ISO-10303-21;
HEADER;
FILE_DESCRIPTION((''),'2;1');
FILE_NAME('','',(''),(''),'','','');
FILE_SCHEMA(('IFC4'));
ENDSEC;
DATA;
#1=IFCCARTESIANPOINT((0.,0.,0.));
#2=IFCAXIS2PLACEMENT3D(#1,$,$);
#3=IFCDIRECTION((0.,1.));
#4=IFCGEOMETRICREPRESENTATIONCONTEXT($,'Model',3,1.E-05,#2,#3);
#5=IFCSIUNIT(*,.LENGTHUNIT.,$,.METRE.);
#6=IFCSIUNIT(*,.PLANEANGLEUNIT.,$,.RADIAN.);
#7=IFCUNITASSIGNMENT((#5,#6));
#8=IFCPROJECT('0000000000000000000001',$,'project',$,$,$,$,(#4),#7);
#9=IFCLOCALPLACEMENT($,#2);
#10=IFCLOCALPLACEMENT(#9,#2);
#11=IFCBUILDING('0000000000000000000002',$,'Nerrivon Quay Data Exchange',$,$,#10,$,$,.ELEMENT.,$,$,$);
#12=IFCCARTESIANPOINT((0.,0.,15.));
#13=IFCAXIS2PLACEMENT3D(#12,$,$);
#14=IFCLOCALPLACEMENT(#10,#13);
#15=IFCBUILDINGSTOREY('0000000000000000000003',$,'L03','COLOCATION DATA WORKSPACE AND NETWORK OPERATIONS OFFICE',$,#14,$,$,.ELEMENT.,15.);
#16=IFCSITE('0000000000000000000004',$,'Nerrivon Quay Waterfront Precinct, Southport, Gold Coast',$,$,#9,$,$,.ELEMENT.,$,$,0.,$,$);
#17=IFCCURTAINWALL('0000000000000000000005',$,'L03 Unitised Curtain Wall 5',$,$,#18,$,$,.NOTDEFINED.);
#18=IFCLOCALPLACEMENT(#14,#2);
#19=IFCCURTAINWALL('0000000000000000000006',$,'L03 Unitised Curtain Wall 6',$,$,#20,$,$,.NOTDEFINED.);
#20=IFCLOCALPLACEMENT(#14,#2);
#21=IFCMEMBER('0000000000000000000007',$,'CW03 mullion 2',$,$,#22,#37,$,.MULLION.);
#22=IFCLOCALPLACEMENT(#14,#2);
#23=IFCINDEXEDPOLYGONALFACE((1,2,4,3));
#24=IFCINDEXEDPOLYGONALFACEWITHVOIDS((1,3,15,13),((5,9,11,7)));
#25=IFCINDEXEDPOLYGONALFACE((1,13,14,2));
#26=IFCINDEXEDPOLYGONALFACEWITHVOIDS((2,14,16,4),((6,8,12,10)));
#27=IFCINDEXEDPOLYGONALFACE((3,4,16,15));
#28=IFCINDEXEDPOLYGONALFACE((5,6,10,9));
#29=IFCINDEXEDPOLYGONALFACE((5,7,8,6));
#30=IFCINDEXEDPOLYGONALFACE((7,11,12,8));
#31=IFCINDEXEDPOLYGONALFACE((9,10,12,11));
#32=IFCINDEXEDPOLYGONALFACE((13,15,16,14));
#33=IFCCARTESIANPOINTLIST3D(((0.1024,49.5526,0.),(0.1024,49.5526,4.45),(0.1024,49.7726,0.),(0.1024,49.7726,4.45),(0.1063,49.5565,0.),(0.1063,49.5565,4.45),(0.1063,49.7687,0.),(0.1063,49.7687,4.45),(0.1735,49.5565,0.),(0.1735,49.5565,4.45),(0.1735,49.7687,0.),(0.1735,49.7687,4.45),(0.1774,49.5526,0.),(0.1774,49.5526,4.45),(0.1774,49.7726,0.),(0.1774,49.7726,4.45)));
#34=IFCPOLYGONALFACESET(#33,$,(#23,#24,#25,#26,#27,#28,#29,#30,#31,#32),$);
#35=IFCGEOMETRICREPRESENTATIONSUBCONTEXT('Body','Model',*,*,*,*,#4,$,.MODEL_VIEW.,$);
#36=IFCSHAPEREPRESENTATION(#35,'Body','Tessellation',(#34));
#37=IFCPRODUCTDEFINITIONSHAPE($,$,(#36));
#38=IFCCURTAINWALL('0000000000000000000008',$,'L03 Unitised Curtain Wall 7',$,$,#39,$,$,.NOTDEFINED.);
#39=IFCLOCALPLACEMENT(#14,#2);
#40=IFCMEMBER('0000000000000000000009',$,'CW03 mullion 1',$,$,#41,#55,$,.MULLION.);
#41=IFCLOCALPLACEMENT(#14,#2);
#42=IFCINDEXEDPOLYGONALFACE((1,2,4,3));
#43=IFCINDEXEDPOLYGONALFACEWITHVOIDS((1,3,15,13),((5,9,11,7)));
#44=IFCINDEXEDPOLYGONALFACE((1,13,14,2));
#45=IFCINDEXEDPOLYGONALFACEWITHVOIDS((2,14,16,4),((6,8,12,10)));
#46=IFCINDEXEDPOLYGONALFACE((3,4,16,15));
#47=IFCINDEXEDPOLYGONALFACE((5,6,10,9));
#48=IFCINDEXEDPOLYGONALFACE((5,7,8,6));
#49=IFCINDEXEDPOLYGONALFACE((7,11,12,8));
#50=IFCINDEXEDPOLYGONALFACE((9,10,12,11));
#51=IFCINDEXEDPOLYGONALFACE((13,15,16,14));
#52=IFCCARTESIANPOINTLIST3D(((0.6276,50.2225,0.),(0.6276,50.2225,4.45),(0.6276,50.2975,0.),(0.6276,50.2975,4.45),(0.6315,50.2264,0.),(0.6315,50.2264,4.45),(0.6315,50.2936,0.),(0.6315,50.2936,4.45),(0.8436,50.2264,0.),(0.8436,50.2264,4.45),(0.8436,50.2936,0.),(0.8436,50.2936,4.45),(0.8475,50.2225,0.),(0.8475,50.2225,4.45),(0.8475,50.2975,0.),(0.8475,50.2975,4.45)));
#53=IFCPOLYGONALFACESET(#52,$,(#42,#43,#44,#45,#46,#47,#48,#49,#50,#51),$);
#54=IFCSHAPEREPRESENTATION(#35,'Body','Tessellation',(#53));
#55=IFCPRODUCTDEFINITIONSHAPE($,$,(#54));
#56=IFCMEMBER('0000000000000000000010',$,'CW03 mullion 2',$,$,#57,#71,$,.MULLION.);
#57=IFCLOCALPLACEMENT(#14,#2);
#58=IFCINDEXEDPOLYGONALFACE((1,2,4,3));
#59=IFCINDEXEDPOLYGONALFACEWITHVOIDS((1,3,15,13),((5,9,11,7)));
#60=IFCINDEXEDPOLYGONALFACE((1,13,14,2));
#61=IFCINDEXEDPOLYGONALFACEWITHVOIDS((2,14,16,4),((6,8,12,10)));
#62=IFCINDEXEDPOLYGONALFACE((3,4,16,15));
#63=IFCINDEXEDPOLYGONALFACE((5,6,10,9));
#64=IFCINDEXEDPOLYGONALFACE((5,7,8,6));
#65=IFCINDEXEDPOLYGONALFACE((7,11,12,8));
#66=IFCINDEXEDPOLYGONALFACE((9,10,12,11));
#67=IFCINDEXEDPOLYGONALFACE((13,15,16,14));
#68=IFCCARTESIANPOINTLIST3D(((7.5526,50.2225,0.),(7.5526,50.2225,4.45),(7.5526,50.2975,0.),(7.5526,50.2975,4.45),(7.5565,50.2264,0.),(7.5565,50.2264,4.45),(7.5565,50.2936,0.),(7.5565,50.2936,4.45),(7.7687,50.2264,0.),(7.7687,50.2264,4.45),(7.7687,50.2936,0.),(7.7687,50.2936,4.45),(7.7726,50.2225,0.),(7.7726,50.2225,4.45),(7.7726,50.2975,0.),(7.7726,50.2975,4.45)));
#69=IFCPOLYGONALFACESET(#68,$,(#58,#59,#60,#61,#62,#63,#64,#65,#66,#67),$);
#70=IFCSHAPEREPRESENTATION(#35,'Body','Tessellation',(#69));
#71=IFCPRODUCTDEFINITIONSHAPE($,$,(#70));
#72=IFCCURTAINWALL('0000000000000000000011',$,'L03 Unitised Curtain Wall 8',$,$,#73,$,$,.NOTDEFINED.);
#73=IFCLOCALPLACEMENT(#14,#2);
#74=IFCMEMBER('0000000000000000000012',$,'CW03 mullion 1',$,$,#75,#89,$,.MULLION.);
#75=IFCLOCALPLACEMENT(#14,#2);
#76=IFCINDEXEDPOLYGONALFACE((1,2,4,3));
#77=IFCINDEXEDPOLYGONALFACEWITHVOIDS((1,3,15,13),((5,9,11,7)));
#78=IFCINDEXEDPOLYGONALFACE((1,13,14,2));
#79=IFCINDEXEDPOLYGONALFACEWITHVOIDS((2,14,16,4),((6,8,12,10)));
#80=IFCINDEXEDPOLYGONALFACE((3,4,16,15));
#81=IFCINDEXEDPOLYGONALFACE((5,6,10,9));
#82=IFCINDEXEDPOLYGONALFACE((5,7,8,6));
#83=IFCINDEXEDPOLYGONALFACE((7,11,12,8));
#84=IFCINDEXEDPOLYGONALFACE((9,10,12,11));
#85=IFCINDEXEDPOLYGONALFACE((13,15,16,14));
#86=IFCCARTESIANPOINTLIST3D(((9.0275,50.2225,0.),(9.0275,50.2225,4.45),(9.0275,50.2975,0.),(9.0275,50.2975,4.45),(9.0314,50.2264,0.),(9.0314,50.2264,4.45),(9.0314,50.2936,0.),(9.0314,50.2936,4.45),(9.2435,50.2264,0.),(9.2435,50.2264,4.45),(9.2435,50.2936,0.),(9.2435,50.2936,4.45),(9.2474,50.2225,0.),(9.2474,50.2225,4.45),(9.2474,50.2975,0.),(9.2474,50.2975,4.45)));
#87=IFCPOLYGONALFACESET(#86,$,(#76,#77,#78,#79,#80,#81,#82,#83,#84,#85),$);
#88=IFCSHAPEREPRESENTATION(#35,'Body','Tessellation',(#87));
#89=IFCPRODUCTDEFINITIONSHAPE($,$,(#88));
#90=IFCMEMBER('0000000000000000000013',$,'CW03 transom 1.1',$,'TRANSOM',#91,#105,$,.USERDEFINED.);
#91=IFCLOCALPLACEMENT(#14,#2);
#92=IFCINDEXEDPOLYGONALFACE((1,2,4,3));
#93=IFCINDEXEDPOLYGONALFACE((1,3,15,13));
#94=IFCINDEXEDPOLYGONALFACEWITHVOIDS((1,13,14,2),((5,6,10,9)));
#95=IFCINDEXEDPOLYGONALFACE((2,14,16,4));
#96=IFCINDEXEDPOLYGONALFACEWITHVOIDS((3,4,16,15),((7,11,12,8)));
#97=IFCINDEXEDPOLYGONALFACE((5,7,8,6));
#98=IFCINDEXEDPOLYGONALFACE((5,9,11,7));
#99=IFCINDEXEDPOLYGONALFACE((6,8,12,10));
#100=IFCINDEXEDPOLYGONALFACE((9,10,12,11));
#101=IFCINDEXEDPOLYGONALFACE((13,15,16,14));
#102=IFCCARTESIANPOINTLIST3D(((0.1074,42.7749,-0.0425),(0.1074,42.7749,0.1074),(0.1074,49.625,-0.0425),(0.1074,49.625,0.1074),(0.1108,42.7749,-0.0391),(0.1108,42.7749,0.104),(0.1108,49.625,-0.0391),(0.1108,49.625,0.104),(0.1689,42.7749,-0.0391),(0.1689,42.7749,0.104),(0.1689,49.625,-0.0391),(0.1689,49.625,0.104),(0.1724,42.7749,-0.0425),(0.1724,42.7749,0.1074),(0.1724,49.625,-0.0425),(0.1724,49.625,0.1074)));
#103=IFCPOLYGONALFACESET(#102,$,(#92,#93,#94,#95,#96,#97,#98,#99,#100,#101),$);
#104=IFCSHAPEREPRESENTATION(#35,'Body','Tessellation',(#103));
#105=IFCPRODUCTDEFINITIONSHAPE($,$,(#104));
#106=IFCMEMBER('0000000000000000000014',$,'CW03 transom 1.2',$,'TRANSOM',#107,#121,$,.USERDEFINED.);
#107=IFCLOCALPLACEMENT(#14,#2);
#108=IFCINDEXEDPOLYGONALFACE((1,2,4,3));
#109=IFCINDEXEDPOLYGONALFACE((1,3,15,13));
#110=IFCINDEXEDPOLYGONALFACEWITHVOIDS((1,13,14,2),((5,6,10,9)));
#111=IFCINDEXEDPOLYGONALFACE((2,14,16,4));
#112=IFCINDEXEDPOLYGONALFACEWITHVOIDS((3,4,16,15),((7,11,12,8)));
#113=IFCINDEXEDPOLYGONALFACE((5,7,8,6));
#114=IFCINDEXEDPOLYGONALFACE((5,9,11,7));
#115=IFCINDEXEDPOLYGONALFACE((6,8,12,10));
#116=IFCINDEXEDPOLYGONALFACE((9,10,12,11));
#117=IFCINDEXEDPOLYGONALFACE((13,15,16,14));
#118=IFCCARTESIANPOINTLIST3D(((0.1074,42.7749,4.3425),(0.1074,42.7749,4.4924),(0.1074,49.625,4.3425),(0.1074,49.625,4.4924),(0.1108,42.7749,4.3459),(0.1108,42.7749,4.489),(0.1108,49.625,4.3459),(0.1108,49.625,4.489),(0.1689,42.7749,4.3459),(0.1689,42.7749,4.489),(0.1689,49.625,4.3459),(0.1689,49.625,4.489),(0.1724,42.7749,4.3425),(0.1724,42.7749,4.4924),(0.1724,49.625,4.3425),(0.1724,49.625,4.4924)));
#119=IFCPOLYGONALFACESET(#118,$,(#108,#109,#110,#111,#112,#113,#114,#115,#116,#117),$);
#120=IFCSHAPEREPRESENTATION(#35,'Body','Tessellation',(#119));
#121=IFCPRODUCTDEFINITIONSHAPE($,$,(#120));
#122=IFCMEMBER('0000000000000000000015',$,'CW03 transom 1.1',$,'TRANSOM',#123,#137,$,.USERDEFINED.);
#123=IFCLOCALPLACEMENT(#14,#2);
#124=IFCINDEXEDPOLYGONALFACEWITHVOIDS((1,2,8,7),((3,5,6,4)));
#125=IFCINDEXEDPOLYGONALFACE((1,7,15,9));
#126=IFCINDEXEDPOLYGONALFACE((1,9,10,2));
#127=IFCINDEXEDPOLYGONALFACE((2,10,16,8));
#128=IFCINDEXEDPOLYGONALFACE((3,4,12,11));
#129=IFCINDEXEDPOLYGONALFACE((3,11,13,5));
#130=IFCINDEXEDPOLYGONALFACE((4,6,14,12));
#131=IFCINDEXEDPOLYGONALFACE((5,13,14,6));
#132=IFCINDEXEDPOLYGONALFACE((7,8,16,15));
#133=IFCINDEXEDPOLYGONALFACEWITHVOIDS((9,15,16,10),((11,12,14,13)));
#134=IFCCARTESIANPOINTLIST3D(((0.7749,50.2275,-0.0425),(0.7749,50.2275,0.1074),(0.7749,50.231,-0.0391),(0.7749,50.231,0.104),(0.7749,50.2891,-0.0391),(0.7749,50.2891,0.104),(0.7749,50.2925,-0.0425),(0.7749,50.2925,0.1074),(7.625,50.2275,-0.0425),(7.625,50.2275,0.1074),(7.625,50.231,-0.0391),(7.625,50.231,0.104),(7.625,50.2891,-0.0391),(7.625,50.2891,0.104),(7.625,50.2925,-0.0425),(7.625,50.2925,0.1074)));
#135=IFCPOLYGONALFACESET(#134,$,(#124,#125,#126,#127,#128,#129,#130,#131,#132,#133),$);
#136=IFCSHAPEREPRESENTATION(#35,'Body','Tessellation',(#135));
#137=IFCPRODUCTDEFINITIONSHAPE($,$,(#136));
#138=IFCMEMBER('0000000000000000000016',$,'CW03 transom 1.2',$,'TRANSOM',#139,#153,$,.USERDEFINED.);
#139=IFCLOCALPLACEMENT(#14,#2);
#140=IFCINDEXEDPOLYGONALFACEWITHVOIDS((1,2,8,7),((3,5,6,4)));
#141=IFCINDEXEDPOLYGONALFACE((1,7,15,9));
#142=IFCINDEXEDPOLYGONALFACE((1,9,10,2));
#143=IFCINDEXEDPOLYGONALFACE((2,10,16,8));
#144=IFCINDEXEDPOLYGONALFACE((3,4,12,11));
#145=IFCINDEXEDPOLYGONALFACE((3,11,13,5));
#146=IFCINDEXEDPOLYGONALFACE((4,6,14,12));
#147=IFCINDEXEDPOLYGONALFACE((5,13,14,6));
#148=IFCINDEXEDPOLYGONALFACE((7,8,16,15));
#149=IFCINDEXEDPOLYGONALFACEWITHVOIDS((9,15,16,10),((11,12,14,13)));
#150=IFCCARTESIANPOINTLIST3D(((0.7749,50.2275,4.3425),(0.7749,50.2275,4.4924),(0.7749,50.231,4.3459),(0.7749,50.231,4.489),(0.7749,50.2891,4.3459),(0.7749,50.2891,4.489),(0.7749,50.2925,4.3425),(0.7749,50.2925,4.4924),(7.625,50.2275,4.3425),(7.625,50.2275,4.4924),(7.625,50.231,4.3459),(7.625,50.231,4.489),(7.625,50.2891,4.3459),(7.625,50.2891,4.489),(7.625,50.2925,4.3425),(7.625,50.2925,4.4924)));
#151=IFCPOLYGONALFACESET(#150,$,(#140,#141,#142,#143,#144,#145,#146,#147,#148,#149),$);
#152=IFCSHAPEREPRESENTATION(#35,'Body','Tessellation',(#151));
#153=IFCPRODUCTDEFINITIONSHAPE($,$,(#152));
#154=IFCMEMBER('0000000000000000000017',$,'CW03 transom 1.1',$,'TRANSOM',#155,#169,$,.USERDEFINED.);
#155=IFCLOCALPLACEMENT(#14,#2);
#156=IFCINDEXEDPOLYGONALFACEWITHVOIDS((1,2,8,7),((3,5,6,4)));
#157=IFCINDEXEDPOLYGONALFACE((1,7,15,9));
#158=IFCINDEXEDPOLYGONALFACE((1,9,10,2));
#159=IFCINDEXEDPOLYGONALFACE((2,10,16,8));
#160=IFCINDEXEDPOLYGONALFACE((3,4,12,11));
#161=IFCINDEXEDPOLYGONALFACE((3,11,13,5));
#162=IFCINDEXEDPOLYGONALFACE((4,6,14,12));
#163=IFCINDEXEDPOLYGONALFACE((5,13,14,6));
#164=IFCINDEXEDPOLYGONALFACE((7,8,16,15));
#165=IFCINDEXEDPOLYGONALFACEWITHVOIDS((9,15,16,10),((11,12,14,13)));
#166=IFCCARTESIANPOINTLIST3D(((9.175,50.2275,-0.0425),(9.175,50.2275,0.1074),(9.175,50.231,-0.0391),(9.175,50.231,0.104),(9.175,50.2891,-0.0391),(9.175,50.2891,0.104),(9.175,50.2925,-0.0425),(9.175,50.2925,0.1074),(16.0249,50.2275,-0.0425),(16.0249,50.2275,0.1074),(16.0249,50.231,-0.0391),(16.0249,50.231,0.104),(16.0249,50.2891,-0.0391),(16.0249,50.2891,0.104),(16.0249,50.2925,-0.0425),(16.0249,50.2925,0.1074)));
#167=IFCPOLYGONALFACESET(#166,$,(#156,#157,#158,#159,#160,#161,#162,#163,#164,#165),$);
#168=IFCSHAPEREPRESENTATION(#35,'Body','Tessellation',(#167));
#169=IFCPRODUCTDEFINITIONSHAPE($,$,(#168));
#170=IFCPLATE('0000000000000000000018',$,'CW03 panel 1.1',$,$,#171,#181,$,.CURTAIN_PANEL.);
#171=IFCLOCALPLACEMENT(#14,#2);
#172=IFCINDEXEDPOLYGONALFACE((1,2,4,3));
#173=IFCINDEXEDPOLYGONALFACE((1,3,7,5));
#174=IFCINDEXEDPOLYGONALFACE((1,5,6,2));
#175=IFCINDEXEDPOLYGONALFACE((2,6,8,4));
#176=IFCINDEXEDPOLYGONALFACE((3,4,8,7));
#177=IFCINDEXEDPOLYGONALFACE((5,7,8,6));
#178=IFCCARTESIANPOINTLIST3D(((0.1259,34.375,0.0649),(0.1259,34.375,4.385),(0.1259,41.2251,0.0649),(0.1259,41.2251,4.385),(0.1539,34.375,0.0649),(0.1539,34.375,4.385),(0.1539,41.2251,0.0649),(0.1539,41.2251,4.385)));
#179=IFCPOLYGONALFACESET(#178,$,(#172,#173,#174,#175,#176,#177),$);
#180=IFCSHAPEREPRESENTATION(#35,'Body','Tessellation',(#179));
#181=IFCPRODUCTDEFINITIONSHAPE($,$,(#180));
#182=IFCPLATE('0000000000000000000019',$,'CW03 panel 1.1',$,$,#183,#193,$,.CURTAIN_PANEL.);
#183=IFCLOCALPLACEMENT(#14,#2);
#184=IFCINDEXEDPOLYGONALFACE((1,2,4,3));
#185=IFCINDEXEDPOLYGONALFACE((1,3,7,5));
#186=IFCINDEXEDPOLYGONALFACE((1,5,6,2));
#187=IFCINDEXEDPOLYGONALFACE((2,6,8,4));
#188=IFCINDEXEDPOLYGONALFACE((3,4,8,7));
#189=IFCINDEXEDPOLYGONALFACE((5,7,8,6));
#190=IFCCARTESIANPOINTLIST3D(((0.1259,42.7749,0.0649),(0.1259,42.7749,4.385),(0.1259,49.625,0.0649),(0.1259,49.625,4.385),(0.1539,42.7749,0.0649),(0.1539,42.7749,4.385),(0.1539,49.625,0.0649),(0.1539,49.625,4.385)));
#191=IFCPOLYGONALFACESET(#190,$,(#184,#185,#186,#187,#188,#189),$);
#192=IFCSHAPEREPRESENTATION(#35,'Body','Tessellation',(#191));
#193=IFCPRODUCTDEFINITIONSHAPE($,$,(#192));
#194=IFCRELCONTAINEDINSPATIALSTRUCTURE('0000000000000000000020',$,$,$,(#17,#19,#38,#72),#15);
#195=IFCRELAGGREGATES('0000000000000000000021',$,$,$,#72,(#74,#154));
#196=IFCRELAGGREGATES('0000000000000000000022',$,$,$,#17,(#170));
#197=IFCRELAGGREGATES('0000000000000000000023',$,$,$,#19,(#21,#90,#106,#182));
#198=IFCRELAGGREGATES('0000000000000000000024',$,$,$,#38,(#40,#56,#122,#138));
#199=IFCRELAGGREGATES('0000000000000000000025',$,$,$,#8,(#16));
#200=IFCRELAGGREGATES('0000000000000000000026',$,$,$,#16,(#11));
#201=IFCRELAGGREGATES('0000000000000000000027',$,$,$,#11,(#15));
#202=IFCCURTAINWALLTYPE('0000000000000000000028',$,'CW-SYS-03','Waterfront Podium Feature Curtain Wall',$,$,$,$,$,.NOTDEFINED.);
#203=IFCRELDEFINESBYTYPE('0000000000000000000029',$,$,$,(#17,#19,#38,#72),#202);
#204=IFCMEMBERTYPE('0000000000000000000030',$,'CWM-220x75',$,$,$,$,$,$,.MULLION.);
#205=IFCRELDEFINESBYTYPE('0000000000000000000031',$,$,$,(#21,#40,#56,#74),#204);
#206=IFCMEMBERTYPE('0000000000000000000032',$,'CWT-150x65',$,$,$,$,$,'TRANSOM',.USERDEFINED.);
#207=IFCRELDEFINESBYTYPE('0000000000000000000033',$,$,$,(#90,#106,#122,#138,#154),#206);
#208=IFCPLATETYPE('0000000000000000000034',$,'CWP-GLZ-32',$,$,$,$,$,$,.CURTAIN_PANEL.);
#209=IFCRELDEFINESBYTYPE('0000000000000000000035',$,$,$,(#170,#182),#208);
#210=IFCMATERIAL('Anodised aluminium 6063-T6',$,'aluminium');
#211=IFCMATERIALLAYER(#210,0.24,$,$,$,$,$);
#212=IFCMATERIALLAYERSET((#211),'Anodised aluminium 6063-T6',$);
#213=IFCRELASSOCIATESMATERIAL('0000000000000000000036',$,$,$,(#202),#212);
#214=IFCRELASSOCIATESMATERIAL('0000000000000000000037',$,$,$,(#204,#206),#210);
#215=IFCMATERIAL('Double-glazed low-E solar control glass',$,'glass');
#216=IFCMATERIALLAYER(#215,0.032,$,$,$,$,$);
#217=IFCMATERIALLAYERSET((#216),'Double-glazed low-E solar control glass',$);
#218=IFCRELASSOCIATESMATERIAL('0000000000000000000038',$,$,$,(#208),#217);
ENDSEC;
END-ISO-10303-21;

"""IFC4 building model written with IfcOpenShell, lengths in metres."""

from ifc_helpers import new_model, si_unit, direction, frame, origin, origin_2d, place, context, subcontext, project, spatial, rectangle, hollow_rectangle, extrude, material, layer, layer_set, material_profile, profile_set, type_object, element, aggregate, save


model = new_model("IFC4")

# Units and contexts
model_context = context("Model", 3, precision=1e-05, world=origin(), true_north=direction((0.0, 1.0)))
body_context = subcontext(model_context, "Body", "Model", "MODEL_VIEW")
ifc_project = project(units=[si_unit("LENGTHUNIT", "METRE"), si_unit("PLANEANGLEUNIT", "RADIAN")], contexts=[model_context])

# Site, building, storey
site_placement = place(None, origin())
site = spatial("IfcSite", under=ifc_project, at=site_placement, Name="Nerrivon Quay Waterfront Precinct, Southport, Gold Coast", CompositionType="ELEMENT", RefElevation=0.0)
building_placement = place(site_placement, origin())
building = spatial("IfcBuilding", under=site, at=building_placement, Name="Nerrivon Quay Data Exchange", CompositionType="ELEMENT")
storey_placement = place(building_placement, frame((0.0, 0.0, 15.0)))
storey = spatial("IfcBuildingStorey", under=building, at=storey_placement, Name="L03", Description="COLOCATION DATA WORKSPACE AND NETWORK OPERATIONS OFFICE", CompositionType="ELEMENT", Elevation=15.0)

# Curtain wall
ifc_material_1 = material(Name="Anodised aluminium 6063-T6", Category="aluminium")
ifc_layer_1 = layer(ifc_material_1, 0.24)
ifc_layer_set_1 = layer_set([ifc_layer_1], Name="Anodised aluminium 6063-T6")
curtain_wall_type = type_object("IfcCurtainWallType", Name="CW-SYS-03", Description="Waterfront Podium Feature Curtain Wall", PredefinedType="NOTDEFINED", material=ifc_layer_set_1)
curtain_wall_1_placement = place(storey_placement, origin())
curtain_wall_1 = element("IfcCurtainWall", 1, at=curtain_wall_1_placement, inside=storey, type_object=curtain_wall_type, Name="L03 Unitised Curtain Wall 5", PredefinedType="NOTDEFINED")
ifc_material_profile_1 = material_profile(ifc_material_1, hollow_rectangle(XDim=0.075, YDim=0.22, WallThickness=0.0039, at=origin_2d()), Name="ALU-MULL-220x75")
ifc_profile_set_1 = profile_set([ifc_material_profile_1], Name="Anodised aluminium 6063-T6")
member_type_1 = type_object("IfcMemberType", Name="CWM-220x75", PredefinedType="MULLION", material=ifc_profile_set_1)

# Curtain walls, members
curtain_wall_2_placement = place(storey_placement, origin())
curtain_wall_2 = element("IfcCurtainWall", 2, at=curtain_wall_2_placement, inside=storey, type_object=curtain_wall_type, Name="L03 Unitised Curtain Wall 6", PredefinedType="NOTDEFINED")
member_1_placement = place(storey_placement, frame((0.1399, 49.6626, 0.0), z_axis=(0.0, 0.0, 1.0), x_axis=(-1.0, 0.0, 0.0)))
member_1 = element("IfcMember", 3, at=member_1_placement, type_object=member_type_1, Name="CW03 mullion 2", PredefinedType="MULLION", context=body_context, shape_type="SweptSolid", body=[
    extrude(hollow_rectangle(XDim=0.075, YDim=0.22, WallThickness=0.0039, at=origin_2d()), origin(), (0.0, 0.0, 1.0), 4.45),
])
curtain_wall_3_placement = place(storey_placement, origin())
curtain_wall_3 = element("IfcCurtainWall", 4, at=curtain_wall_3_placement, inside=storey, type_object=curtain_wall_type, Name="L03 Unitised Curtain Wall 7", PredefinedType="NOTDEFINED")
member_2_placement = place(storey_placement, frame((0.7375, 50.26, 0.0), z_axis=(0.0, 0.0, 1.0), x_axis=(0.0, 1.0, 0.0)))
member_2 = element("IfcMember", 5, at=member_2_placement, type_object=member_type_1, Name="CW03 mullion 1", PredefinedType="MULLION", context=body_context, shape_type="SweptSolid", body=[
    extrude(hollow_rectangle(XDim=0.075, YDim=0.22, WallThickness=0.0039, at=origin_2d()), origin(), (0.0, 0.0, 1.0), 4.45),
])
member_3_placement = place(storey_placement, frame((7.6626, 50.26, 0.0), z_axis=(0.0, 0.0, 1.0), x_axis=(0.0, 1.0, 0.0)))
member_3 = element("IfcMember", 6, at=member_3_placement, type_object=member_type_1, Name="CW03 mullion 2", PredefinedType="MULLION", context=body_context, shape_type="SweptSolid", body=[
    extrude(hollow_rectangle(XDim=0.075, YDim=0.22, WallThickness=0.0039, at=origin_2d()), origin(), (0.0, 0.0, 1.0), 4.45),
])

# Curtain wall, member
curtain_wall_4_placement = place(storey_placement, origin())
curtain_wall_4 = element("IfcCurtainWall", 7, at=curtain_wall_4_placement, inside=storey, type_object=curtain_wall_type, Name="L03 Unitised Curtain Wall 8", PredefinedType="NOTDEFINED")
member_4_placement = place(storey_placement, frame((9.1375, 50.26, 0.0), z_axis=(0.0, 0.0, 1.0), x_axis=(0.0, 1.0, 0.0)))
member_4 = element("IfcMember", 8, at=member_4_placement, type_object=member_type_1, Name="CW03 mullion 1", PredefinedType="MULLION", context=body_context, shape_type="SweptSolid", body=[
    extrude(hollow_rectangle(XDim=0.075, YDim=0.22, WallThickness=0.0039, at=origin_2d()), origin(), (0.0, 0.0, 1.0), 4.45),
])

# Members
ifc_material_profile_2 = material_profile(ifc_material_1, hollow_rectangle(XDim=0.0649, YDim=0.1499, WallThickness=0.0034, at=origin_2d()), Name="ALU-TRAN-150x65")
ifc_profile_set_2 = profile_set([ifc_material_profile_2], Name="Anodised aluminium 6063-T6")
member_type_2 = type_object("IfcMemberType", Name="CWT-150x65", ElementType="TRANSOM", PredefinedType="USERDEFINED", material=ifc_profile_set_2)
member_5_placement = place(storey_placement, frame((0.1399, 42.7749, 0.0325), z_axis=(0.0, 1.0, 0.0), x_axis=(-1.0, 0.0, 0.0)))
member_5 = element("IfcMember", 9, at=member_5_placement, type_object=member_type_2, Name="CW03 transom 1.1", ObjectType="TRANSOM", PredefinedType="USERDEFINED", context=body_context, shape_type="SweptSolid", body=[
    extrude(hollow_rectangle(XDim=0.0649, YDim=0.1499, WallThickness=0.0034, at=origin_2d()), origin(), (0.0, 0.0, 1.0), 6.8501),
])
member_6_placement = place(storey_placement, frame((0.1399, 42.7749, 4.4175), z_axis=(0.0, 1.0, 0.0), x_axis=(-1.0, 0.0, 0.0)))
member_6 = element("IfcMember", 10, at=member_6_placement, type_object=member_type_2, Name="CW03 transom 1.2", ObjectType="TRANSOM", PredefinedType="USERDEFINED", context=body_context, shape_type="SweptSolid", body=[
    extrude(hollow_rectangle(XDim=0.0649, YDim=0.1499, WallThickness=0.0034, at=origin_2d()), origin(), (0.0, 0.0, 1.0), 6.8501),
])
member_7_placement = place(storey_placement, frame((0.7749, 50.26, 0.0325), z_axis=(1.0, 0.0, 0.0), x_axis=(0.0, 1.0, 0.0)))
member_7 = element("IfcMember", 11, at=member_7_placement, type_object=member_type_2, Name="CW03 transom 1.1", ObjectType="TRANSOM", PredefinedType="USERDEFINED", context=body_context, shape_type="SweptSolid", body=[
    extrude(hollow_rectangle(XDim=0.0649, YDim=0.1499, WallThickness=0.0034, at=origin_2d()), origin(), (0.0, 0.0, 1.0), 6.8501),
])
member_8_placement = place(storey_placement, frame((0.7749, 50.26, 4.4175), z_axis=(1.0, 0.0, 0.0), x_axis=(0.0, 1.0, 0.0)))
member_8 = element("IfcMember", 12, at=member_8_placement, type_object=member_type_2, Name="CW03 transom 1.2", ObjectType="TRANSOM", PredefinedType="USERDEFINED", context=body_context, shape_type="SweptSolid", body=[
    extrude(hollow_rectangle(XDim=0.0649, YDim=0.1499, WallThickness=0.0034, at=origin_2d()), origin(), (0.0, 0.0, 1.0), 6.8501),
])
member_9_placement = place(storey_placement, frame((9.175, 50.26, 0.0325), z_axis=(1.0, 0.0, 0.0), x_axis=(0.0, 1.0, 0.0)))
member_9 = element("IfcMember", 13, at=member_9_placement, type_object=member_type_2, Name="CW03 transom 1.1", ObjectType="TRANSOM", PredefinedType="USERDEFINED", context=body_context, shape_type="SweptSolid", body=[
    extrude(hollow_rectangle(XDim=0.0649, YDim=0.1499, WallThickness=0.0034, at=origin_2d()), origin(), (0.0, 0.0, 1.0), 6.8499),
])
aggregate(curtain_wall_4, [member_4, member_9])

# Plates
ifc_material_2 = material(Name="Double-glazed low-E solar control glass", Category="glass")
ifc_layer_2 = layer(ifc_material_2, 0.032)
ifc_layer_set_2 = layer_set([ifc_layer_2], Name="Double-glazed low-E solar control glass")
plate_type = type_object("IfcPlateType", Name="CWP-GLZ-32", PredefinedType="CURTAIN_PANEL", material=ifc_layer_set_2)
plate_1_placement = place(storey_placement, frame((0.1399, 37.8, 0.0649), z_axis=(0.0, 0.0, 1.0), x_axis=(0.0, 1.0, 0.0)))
plate_1 = element("IfcPlate", 14, at=plate_1_placement, type_object=plate_type, Name="CW03 panel 1.1", PredefinedType="CURTAIN_PANEL", context=body_context, shape_type="SweptSolid", body=[
    extrude(rectangle(XDim=6.8501, YDim=0.0281, at=origin_2d()), origin(), (0.0, 0.0, 1.0), 4.3201),
])
aggregate(curtain_wall_1, [plate_1])
plate_2_placement = place(storey_placement, frame((0.1399, 46.2, 0.0649), z_axis=(0.0, 0.0, 1.0), x_axis=(0.0, 1.0, 0.0)))
plate_2 = element("IfcPlate", 15, at=plate_2_placement, type_object=plate_type, Name="CW03 panel 1.1", PredefinedType="CURTAIN_PANEL", context=body_context, shape_type="SweptSolid", body=[
    extrude(rectangle(XDim=6.8501, YDim=0.0281, at=origin_2d()), origin(), (0.0, 0.0, 1.0), 4.3201),
])
aggregate(curtain_wall_2, [member_1, member_5, member_6, plate_2])
aggregate(curtain_wall_3, [member_2, member_3, member_7, member_8])

save(model, "model.ifc")
